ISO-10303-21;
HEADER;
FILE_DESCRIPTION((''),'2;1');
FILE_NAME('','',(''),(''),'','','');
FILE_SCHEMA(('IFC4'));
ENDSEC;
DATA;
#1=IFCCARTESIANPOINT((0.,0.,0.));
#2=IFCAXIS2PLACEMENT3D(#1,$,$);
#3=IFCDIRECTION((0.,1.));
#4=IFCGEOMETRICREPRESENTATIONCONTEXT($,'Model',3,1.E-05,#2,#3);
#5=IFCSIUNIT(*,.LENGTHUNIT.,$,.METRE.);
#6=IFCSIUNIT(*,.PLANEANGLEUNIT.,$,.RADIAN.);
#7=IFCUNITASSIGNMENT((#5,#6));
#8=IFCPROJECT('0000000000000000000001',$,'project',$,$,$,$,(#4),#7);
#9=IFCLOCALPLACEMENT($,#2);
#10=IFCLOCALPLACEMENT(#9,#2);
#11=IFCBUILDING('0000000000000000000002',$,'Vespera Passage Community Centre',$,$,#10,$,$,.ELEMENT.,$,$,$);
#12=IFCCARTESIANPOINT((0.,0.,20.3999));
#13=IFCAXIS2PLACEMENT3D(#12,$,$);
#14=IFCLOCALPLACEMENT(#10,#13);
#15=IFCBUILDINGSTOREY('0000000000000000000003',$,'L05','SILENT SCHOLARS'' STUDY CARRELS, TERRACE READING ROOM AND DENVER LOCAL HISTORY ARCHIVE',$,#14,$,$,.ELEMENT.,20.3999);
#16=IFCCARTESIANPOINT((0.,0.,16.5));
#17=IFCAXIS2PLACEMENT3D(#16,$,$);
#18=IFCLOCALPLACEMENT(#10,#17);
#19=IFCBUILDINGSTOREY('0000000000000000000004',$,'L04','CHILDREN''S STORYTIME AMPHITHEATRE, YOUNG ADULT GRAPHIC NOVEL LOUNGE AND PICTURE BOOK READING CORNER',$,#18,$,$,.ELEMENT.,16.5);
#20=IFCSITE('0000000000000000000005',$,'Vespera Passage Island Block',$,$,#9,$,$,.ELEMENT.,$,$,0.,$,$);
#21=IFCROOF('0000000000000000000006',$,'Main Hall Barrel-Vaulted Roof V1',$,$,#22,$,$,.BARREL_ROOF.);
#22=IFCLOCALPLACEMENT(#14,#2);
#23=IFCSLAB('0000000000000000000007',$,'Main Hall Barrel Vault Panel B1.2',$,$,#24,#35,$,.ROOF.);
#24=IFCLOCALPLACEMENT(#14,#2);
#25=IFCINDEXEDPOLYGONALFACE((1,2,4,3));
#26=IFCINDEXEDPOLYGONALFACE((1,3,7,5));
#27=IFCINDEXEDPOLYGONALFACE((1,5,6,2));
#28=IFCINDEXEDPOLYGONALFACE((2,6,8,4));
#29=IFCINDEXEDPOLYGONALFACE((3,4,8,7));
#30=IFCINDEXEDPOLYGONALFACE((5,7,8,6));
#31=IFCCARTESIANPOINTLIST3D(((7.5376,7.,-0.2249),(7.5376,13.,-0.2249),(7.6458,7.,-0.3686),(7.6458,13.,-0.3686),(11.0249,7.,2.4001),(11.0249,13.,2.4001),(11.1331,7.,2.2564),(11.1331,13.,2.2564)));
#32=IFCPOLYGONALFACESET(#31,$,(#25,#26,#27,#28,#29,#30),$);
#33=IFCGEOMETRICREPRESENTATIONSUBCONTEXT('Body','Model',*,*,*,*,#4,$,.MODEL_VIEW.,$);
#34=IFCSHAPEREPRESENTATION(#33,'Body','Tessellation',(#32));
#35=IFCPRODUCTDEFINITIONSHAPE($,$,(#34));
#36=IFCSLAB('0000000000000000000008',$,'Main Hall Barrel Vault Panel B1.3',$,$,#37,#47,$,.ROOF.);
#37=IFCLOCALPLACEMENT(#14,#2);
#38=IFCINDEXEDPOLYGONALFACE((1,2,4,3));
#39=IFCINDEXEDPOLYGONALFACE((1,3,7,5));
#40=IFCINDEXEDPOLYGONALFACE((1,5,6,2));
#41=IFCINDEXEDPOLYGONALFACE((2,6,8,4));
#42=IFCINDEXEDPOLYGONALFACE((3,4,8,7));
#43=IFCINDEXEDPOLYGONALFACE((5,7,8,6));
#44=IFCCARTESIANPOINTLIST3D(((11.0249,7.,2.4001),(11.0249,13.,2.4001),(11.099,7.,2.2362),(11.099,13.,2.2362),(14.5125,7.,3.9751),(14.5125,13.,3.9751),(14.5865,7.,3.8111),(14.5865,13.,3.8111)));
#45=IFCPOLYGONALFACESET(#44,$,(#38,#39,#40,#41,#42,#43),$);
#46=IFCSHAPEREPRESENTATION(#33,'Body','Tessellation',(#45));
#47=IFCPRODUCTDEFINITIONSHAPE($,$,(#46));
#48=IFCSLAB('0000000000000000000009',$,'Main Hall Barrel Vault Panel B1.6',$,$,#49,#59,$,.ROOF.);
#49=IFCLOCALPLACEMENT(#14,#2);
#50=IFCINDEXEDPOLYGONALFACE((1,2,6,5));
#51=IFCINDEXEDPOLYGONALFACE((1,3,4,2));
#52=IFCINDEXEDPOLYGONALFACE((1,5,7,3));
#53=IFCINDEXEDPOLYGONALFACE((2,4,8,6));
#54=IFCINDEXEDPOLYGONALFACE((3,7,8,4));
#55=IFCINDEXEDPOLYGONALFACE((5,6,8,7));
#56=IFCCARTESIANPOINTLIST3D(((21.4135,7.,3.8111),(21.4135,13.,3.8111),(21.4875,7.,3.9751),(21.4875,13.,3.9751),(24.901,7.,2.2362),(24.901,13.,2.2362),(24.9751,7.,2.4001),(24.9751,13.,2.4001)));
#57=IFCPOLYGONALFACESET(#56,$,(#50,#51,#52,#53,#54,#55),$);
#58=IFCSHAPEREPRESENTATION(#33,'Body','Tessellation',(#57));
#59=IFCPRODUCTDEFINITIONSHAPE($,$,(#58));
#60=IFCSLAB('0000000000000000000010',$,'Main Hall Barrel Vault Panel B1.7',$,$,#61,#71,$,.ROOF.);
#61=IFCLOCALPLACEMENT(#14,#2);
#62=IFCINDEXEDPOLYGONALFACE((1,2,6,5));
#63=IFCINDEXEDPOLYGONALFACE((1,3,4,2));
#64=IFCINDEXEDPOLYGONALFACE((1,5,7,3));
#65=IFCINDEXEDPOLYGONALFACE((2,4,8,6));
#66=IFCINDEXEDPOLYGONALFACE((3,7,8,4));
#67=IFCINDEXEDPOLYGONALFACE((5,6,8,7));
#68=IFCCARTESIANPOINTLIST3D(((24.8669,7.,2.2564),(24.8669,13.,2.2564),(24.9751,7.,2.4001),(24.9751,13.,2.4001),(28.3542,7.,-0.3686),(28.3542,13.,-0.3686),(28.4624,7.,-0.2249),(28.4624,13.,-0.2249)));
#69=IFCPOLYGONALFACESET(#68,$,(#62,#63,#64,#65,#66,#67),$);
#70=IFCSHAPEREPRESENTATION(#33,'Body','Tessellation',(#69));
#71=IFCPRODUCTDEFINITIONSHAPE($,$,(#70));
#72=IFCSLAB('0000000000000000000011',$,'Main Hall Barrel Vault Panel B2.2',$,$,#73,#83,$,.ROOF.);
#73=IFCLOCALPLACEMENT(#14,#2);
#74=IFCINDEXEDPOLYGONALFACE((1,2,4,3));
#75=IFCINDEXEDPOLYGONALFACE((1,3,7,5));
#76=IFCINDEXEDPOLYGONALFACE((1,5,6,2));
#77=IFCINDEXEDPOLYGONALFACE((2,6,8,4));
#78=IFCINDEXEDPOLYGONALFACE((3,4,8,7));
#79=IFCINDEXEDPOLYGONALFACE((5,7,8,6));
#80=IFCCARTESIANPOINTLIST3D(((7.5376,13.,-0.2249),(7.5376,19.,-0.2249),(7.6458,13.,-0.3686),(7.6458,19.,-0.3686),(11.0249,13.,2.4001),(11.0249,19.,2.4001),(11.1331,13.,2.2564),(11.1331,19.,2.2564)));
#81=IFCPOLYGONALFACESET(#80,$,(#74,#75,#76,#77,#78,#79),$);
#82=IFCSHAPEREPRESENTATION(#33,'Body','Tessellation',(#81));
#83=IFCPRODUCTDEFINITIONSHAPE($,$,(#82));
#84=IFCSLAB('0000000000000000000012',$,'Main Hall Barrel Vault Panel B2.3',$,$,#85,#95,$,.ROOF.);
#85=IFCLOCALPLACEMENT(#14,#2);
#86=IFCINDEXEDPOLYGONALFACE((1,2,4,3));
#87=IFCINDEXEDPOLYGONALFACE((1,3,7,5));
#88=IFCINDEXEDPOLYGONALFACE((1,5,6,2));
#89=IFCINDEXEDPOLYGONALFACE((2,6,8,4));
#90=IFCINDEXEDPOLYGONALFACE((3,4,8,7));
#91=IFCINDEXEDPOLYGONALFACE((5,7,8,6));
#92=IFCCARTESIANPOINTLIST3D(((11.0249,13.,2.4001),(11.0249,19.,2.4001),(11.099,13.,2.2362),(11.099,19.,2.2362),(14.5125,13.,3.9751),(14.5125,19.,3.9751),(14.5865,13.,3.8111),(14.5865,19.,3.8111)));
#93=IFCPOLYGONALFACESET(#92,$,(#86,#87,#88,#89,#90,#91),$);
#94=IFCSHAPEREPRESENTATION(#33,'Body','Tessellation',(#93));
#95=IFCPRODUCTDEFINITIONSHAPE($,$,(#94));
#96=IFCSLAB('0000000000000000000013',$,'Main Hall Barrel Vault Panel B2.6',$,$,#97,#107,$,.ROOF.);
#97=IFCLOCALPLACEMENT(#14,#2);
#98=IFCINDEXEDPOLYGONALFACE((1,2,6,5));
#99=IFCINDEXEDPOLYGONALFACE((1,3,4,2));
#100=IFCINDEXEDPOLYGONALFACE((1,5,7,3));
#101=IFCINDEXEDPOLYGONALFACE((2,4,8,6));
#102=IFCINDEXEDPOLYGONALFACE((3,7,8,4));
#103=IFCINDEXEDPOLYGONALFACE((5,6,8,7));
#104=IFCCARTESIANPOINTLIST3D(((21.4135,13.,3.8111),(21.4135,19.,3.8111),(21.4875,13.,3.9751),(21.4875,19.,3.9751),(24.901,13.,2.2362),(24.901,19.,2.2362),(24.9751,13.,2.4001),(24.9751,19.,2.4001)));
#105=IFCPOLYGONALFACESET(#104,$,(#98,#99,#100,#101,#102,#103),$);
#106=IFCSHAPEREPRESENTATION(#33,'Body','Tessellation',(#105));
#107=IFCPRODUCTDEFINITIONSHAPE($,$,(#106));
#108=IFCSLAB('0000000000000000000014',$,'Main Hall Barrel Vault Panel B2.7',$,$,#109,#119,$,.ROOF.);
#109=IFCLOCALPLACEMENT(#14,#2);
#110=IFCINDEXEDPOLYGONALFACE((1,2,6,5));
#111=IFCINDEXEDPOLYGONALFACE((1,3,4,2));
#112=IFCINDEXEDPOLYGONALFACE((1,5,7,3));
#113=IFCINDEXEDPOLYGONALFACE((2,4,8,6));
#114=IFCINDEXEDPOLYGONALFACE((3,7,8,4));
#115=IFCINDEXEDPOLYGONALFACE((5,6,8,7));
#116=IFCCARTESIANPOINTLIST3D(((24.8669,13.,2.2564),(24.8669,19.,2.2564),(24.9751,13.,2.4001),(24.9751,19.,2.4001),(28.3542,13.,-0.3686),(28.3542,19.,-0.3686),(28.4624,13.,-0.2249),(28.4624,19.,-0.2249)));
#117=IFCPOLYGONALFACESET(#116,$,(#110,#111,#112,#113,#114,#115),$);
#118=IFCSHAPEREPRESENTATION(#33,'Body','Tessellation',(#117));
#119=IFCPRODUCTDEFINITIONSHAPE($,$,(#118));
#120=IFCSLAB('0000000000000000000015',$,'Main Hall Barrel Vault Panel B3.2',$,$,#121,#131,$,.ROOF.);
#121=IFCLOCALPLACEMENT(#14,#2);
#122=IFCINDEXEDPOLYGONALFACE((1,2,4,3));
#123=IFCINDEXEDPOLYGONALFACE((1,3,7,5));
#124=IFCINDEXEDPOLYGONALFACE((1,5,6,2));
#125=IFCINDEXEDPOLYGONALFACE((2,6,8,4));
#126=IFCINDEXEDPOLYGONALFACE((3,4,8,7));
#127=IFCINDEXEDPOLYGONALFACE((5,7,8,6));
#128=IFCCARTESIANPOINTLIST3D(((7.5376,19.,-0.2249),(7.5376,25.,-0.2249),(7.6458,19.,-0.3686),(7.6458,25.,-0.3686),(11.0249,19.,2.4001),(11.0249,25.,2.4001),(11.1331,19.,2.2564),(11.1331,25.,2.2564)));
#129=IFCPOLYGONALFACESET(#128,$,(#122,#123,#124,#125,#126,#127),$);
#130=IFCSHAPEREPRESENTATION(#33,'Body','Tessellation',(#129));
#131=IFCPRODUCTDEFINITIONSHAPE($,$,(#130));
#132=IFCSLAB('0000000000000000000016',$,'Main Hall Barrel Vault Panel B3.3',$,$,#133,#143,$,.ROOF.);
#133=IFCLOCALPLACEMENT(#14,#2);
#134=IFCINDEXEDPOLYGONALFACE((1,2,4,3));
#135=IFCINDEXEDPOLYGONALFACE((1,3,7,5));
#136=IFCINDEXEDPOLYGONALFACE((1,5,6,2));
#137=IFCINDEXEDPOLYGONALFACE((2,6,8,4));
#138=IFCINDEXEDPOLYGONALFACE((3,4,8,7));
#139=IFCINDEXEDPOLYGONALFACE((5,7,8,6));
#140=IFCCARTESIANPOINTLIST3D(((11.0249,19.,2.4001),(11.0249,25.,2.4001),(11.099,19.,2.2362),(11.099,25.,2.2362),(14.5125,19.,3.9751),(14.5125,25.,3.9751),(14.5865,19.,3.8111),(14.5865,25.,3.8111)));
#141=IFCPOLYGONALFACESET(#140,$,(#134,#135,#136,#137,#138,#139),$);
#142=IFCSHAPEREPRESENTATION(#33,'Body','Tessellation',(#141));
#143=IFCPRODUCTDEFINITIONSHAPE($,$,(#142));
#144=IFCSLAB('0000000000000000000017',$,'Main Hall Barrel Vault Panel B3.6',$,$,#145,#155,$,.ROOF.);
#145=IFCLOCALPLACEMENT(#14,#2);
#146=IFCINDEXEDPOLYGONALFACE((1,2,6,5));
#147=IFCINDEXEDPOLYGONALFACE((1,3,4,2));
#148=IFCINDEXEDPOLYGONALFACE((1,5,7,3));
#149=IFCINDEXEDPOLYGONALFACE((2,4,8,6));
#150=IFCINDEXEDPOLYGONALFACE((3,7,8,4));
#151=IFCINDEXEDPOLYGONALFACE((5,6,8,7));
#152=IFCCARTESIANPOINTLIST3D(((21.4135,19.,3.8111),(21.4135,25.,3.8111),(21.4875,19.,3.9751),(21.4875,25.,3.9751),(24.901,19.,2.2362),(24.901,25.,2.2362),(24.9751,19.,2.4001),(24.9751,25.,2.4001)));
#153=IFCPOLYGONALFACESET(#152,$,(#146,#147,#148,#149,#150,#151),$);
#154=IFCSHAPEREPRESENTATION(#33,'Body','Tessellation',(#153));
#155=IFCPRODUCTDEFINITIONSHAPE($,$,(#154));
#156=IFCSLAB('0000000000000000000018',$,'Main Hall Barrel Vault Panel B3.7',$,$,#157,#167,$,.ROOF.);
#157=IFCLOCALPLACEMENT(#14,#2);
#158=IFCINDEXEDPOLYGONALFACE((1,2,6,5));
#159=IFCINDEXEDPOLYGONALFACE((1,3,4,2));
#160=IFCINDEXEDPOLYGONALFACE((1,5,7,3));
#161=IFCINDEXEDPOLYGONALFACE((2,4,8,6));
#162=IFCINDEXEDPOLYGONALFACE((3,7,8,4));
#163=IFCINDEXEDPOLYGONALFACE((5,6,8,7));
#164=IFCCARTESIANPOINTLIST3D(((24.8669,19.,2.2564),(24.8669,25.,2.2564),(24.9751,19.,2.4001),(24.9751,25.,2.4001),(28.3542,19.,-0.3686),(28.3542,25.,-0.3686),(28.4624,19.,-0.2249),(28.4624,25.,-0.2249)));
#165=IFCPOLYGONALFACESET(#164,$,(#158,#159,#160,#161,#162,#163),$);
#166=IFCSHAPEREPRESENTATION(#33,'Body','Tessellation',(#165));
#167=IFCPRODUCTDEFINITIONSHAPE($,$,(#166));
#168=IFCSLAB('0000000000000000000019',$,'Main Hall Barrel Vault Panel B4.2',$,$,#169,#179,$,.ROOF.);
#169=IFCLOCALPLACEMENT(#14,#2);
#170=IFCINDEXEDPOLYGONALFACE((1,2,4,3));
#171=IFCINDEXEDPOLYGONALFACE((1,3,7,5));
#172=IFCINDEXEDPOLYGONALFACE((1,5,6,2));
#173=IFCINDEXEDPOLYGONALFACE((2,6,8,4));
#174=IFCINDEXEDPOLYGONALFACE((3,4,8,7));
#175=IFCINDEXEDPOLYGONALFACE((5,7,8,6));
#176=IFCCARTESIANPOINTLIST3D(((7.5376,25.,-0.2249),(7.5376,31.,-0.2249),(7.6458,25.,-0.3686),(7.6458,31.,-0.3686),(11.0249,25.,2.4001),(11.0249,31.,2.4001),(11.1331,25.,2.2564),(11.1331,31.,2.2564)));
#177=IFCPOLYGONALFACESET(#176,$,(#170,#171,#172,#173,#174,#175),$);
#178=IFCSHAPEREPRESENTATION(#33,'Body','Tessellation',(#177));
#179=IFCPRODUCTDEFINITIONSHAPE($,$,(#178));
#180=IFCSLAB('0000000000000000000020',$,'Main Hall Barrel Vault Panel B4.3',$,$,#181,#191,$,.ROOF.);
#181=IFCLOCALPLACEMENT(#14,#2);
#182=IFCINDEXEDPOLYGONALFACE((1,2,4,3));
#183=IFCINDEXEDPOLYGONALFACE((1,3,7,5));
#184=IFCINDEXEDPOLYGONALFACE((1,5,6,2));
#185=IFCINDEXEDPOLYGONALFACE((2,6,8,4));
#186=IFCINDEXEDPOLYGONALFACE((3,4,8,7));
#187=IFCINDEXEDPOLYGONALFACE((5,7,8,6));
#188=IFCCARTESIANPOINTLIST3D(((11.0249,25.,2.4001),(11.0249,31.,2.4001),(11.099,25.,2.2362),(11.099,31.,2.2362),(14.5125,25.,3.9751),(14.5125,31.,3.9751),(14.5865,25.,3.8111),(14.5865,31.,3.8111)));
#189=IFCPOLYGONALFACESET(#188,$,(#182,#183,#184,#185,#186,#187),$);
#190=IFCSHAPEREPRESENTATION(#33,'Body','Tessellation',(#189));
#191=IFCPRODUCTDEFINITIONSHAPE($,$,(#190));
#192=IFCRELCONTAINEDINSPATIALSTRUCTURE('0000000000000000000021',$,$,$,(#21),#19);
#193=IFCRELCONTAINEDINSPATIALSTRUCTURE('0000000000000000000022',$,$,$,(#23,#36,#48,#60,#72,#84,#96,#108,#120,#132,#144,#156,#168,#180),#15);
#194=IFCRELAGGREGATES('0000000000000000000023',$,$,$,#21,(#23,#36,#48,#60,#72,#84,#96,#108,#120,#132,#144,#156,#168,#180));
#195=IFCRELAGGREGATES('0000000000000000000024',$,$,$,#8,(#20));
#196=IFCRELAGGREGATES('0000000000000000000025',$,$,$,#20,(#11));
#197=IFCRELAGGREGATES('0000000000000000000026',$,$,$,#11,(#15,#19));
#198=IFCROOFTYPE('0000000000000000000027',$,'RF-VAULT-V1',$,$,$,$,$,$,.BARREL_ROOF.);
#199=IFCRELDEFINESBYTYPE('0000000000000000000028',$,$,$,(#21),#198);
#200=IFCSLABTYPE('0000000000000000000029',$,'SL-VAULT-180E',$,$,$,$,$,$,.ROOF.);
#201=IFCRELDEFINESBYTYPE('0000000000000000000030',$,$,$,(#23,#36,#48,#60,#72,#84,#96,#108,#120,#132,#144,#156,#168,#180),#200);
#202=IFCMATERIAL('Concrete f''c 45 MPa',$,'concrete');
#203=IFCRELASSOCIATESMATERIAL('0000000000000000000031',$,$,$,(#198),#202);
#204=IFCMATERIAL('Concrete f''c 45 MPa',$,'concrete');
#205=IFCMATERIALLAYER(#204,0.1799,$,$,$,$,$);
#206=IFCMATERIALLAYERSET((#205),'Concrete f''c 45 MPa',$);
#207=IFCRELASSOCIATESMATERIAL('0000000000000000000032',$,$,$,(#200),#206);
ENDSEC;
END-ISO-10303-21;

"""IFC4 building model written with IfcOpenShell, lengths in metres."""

from ifc_helpers import new_model, si_unit, direction, frame, origin, place, context, subcontext, project, spatial, polyline, outline, extrude, material, layer, layer_set, type_object, element, aggregate, save


model = new_model("IFC4")

# Units and contexts
model_context = context("Model", 3, precision=1e-05, world=origin(), true_north=direction((0.0, 1.0)))
body_context = subcontext(model_context, "Body", "Model", "MODEL_VIEW")
ifc_project = project(units=[si_unit("LENGTHUNIT", "METRE"), si_unit("PLANEANGLEUNIT", "RADIAN")], contexts=[model_context])

# Site, building, storey
site_placement = place(None, origin())
site = spatial("IfcSite", under=ifc_project, at=site_placement, Name="Vespera Passage Island Block", CompositionType="ELEMENT", RefElevation=0.0)
building_placement = place(site_placement, origin())
building = spatial("IfcBuilding", under=site, at=building_placement, Name="Vespera Passage Community Centre", CompositionType="ELEMENT")
storey_1_placement = place(building_placement, frame((0.0, 0.0, 20.3999)))
storey_1 = spatial("IfcBuildingStorey", under=building, at=storey_1_placement, Name="L05", Description="SILENT SCHOLARS' STUDY CARRELS, TERRACE READING ROOM AND DENVER LOCAL HISTORY ARCHIVE", CompositionType="ELEMENT", Elevation=20.3999)

# Shared definitions
storey_2_placement = place(building_placement, frame((0.0, 0.0, 16.5)))
storey_2 = spatial("IfcBuildingStorey", under=building, at=storey_2_placement, Name="L04", Description="CHILDREN'S STORYTIME AMPHITHEATRE, YOUNG ADULT GRAPHIC NOVEL LOUNGE AND PICTURE BOOK READING CORNER", CompositionType="ELEMENT", Elevation=16.5)

# Roof, slabs
ifc_material_1 = material(Name="Concrete f'c 45 MPa", Category="concrete")
roof_type = type_object("IfcRoofType", Name="RF-VAULT-V1", PredefinedType="BARREL_ROOF", material=ifc_material_1)
roof_placement = place(storey_2_placement, origin())
roof = element("IfcRoof", 1, at=roof_placement, inside=storey_2, type_object=roof_type, Name="Main Hall Barrel-Vaulted Roof V1", PredefinedType="BARREL_ROOF")
ifc_material_2 = material(Name="Concrete f'c 45 MPa", Category="concrete")
ifc_layer_1 = layer(ifc_material_2, 0.1799)
ifc_layer_set_1 = layer_set([ifc_layer_1], Name="Concrete f'c 45 MPa")
slab_type_1 = type_object("IfcSlabType", Name="SL-VAULT-180E", PredefinedType="ROOF", material=ifc_layer_set_1)
slab_1_placement = place(storey_1_placement, frame((7.5376, 7.0, -0.2249), z_axis=(-0.601395, 0.0, 0.798952), x_axis=(0.798952, 0.0, 0.601395)))
slab_1 = element("IfcSlab", 2, at=slab_1_placement, inside=storey_1, type_object=slab_type_1, Name="Main Hall Barrel Vault Panel B1.2", PredefinedType="ROOF", context=body_context, shape_type="SweptSolid", body=[
    extrude(outline(polyline([(0.0, 0.0), (4.3649, 0.0), (4.3649, 6.0), (0.0, 6.0), (0.0, 0.0)])), origin(), (0.0, 0.0, -1.0), 0.1799),
])
slab_2_placement = place(storey_1_placement, frame((11.0249, 7.0, 2.4001), z_axis=(-0.411571, 0.0, 0.911378), x_axis=(0.911378, 0.0, 0.411571)))
slab_2 = element("IfcSlab", 3, at=slab_2_placement, inside=storey_1, type_object=slab_type_1, Name="Main Hall Barrel Vault Panel B1.3", PredefinedType="ROOF", context=body_context, shape_type="SweptSolid", body=[
    extrude(outline(polyline([(0.0, 0.0), (3.8267, 0.0), (3.8267, 6.0), (0.0, 6.0), (0.0, 0.0)])), origin(), (0.0, 0.0, -1.0), 0.1799),
])
slab_3_placement = place(storey_1_placement, frame((21.4875, 7.0, 3.9751), z_axis=(0.411571, 0.0, 0.911378), x_axis=(0.911378, 0.0, -0.411571)))
slab_3 = element("IfcSlab", 4, at=slab_3_placement, inside=storey_1, type_object=slab_type_1, Name="Main Hall Barrel Vault Panel B1.6", PredefinedType="ROOF", context=body_context, shape_type="SweptSolid", body=[
    extrude(outline(polyline([(0.0, 0.0), (3.8267, 0.0), (3.8267, 6.0), (0.0, 6.0), (0.0, 0.0)])), origin(), (0.0, 0.0, -1.0), 0.1799),
])
slab_4_placement = place(storey_1_placement, frame((24.9751, 7.0, 2.4001), z_axis=(0.601395, 0.0, 0.798952), x_axis=(0.798952, 0.0, -0.601395)))
slab_4 = element("IfcSlab", 5, at=slab_4_placement, inside=storey_1, type_object=slab_type_1, Name="Main Hall Barrel Vault Panel B1.7", PredefinedType="ROOF", context=body_context, shape_type="SweptSolid", body=[
    extrude(outline(polyline([(0.0, 0.0), (4.3649, 0.0), (4.3649, 6.0), (0.0, 6.0), (0.0, 0.0)])), origin(), (0.0, 0.0, -1.0), 0.1799),
])
slab_5_placement = place(storey_1_placement, frame((7.5376, 13.0, -0.2249), z_axis=(-0.601395, 0.0, 0.798952), x_axis=(0.798952, 0.0, 0.601395)))
slab_5 = element("IfcSlab", 6, at=slab_5_placement, inside=storey_1, type_object=slab_type_1, Name="Main Hall Barrel Vault Panel B2.2", PredefinedType="ROOF", context=body_context, shape_type="SweptSolid", body=[
    extrude(outline(polyline([(0.0, 0.0), (4.3649, 0.0), (4.3649, 6.0), (0.0, 6.0), (0.0, 0.0)])), origin(), (0.0, 0.0, -1.0), 0.1799),
])
slab_6_placement = place(storey_1_placement, frame((11.0249, 13.0, 2.4001), z_axis=(-0.411571, 0.0, 0.911378), x_axis=(0.911378, 0.0, 0.411571)))
slab_6 = element("IfcSlab", 7, at=slab_6_placement, inside=storey_1, type_object=slab_type_1, Name="Main Hall Barrel Vault Panel B2.3", PredefinedType="ROOF", context=body_context, shape_type="SweptSolid", body=[
    extrude(outline(polyline([(0.0, 0.0), (3.8267, 0.0), (3.8267, 6.0), (0.0, 6.0), (0.0, 0.0)])), origin(), (0.0, 0.0, -1.0), 0.1799),
])
slab_7_placement = place(storey_1_placement, frame((21.4875, 13.0, 3.9751), z_axis=(0.411571, 0.0, 0.911378), x_axis=(0.911378, 0.0, -0.411571)))
slab_7 = element("IfcSlab", 8, at=slab_7_placement, inside=storey_1, type_object=slab_type_1, Name="Main Hall Barrel Vault Panel B2.6", PredefinedType="ROOF", context=body_context, shape_type="SweptSolid", body=[
    extrude(outline(polyline([(0.0, 0.0), (3.8267, 0.0), (3.8267, 6.0), (0.0, 6.0), (0.0, 0.0)])), origin(), (0.0, 0.0, -1.0), 0.1799),
])
slab_8_placement = place(storey_1_placement, frame((24.9751, 13.0, 2.4001), z_axis=(0.601395, 0.0, 0.798952), x_axis=(0.798952, 0.0, -0.601395)))
slab_8 = element("IfcSlab", 9, at=slab_8_placement, inside=storey_1, type_object=slab_type_1, Name="Main Hall Barrel Vault Panel B2.7", PredefinedType="ROOF", context=body_context, shape_type="SweptSolid", body=[
    extrude(outline(polyline([(0.0, 0.0), (4.3649, 0.0), (4.3649, 6.0), (0.0, 6.0), (0.0, 0.0)])), origin(), (0.0, 0.0, -1.0), 0.1799),
])
slab_9_placement = place(storey_1_placement, frame((7.5376, 19.0, -0.2249), z_axis=(-0.601395, 0.0, 0.798952), x_axis=(0.798952, 0.0, 0.601395)))
slab_9 = element("IfcSlab", 10, at=slab_9_placement, inside=storey_1, type_object=slab_type_1, Name="Main Hall Barrel Vault Panel B3.2", PredefinedType="ROOF", context=body_context, shape_type="SweptSolid", body=[
    extrude(outline(polyline([(0.0, 0.0), (4.3649, 0.0), (4.3649, 6.0), (0.0, 6.0), (0.0, 0.0)])), origin(), (0.0, 0.0, -1.0), 0.1799),
])
slab_10_placement = place(storey_1_placement, frame((11.0249, 19.0, 2.4001), z_axis=(-0.411571, 0.0, 0.911378), x_axis=(0.911378, 0.0, 0.411571)))
slab_10 = element("IfcSlab", 11, at=slab_10_placement, inside=storey_1, type_object=slab_type_1, Name="Main Hall Barrel Vault Panel B3.3", PredefinedType="ROOF", context=body_context, shape_type="SweptSolid", body=[
    extrude(outline(polyline([(0.0, 0.0), (3.8267, 0.0), (3.8267, 6.0), (0.0, 6.0), (0.0, 0.0)])), origin(), (0.0, 0.0, -1.0), 0.1799),
])
slab_11_placement = place(storey_1_placement, frame((21.4875, 19.0, 3.9751), z_axis=(0.411571, 0.0, 0.911378), x_axis=(0.911378, 0.0, -0.411571)))
slab_11 = element("IfcSlab", 12, at=slab_11_placement, inside=storey_1, type_object=slab_type_1, Name="Main Hall Barrel Vault Panel B3.6", PredefinedType="ROOF", context=body_context, shape_type="SweptSolid", body=[
    extrude(outline(polyline([(0.0, 0.0), (3.8267, 0.0), (3.8267, 6.0), (0.0, 6.0), (0.0, 0.0)])), origin(), (0.0, 0.0, -1.0), 0.1799),
])
slab_12_placement = place(storey_1_placement, frame((24.9751, 19.0, 2.4001), z_axis=(0.601395, 0.0, 0.798952), x_axis=(0.798952, 0.0, -0.601395)))
slab_12 = element("IfcSlab", 13, at=slab_12_placement, inside=storey_1, type_object=slab_type_1, Name="Main Hall Barrel Vault Panel B3.7", PredefinedType="ROOF", context=body_context, shape_type="SweptSolid", body=[
    extrude(outline(polyline([(0.0, 0.0), (4.3649, 0.0), (4.3649, 6.0), (0.0, 6.0), (0.0, 0.0)])), origin(), (0.0, 0.0, -1.0), 0.1799),
])
slab_13_placement = place(storey_1_placement, frame((7.5376, 25.0, -0.2249), z_axis=(-0.601395, 0.0, 0.798952), x_axis=(0.798952, 0.0, 0.601395)))
slab_13 = element("IfcSlab", 14, at=slab_13_placement, inside=storey_1, type_object=slab_type_1, Name="Main Hall Barrel Vault Panel B4.2", PredefinedType="ROOF", context=body_context, shape_type="SweptSolid", body=[
    extrude(outline(polyline([(0.0, 0.0), (4.3649, 0.0), (4.3649, 6.0), (0.0, 6.0), (0.0, 0.0)])), origin(), (0.0, 0.0, -1.0), 0.1799),
])
slab_14_placement = place(storey_1_placement, frame((11.0249, 25.0, 2.4001), z_axis=(-0.411571, 0.0, 0.911378), x_axis=(0.911378, 0.0, 0.411571)))
slab_14 = element("IfcSlab", 15, at=slab_14_placement, inside=storey_1, type_object=slab_type_1, Name="Main Hall Barrel Vault Panel B4.3", PredefinedType="ROOF", context=body_context, shape_type="SweptSolid", body=[
    extrude(outline(polyline([(0.0, 0.0), (3.8267, 0.0), (3.8267, 6.0), (0.0, 6.0), (0.0, 0.0)])), origin(), (0.0, 0.0, -1.0), 0.1799),
])
aggregate(roof, [slab_1, slab_2, slab_3, slab_4, slab_5, slab_6, slab_7, slab_8, slab_9, slab_10, slab_11, slab_12, slab_13, slab_14])

save(model, "model.ifc")
